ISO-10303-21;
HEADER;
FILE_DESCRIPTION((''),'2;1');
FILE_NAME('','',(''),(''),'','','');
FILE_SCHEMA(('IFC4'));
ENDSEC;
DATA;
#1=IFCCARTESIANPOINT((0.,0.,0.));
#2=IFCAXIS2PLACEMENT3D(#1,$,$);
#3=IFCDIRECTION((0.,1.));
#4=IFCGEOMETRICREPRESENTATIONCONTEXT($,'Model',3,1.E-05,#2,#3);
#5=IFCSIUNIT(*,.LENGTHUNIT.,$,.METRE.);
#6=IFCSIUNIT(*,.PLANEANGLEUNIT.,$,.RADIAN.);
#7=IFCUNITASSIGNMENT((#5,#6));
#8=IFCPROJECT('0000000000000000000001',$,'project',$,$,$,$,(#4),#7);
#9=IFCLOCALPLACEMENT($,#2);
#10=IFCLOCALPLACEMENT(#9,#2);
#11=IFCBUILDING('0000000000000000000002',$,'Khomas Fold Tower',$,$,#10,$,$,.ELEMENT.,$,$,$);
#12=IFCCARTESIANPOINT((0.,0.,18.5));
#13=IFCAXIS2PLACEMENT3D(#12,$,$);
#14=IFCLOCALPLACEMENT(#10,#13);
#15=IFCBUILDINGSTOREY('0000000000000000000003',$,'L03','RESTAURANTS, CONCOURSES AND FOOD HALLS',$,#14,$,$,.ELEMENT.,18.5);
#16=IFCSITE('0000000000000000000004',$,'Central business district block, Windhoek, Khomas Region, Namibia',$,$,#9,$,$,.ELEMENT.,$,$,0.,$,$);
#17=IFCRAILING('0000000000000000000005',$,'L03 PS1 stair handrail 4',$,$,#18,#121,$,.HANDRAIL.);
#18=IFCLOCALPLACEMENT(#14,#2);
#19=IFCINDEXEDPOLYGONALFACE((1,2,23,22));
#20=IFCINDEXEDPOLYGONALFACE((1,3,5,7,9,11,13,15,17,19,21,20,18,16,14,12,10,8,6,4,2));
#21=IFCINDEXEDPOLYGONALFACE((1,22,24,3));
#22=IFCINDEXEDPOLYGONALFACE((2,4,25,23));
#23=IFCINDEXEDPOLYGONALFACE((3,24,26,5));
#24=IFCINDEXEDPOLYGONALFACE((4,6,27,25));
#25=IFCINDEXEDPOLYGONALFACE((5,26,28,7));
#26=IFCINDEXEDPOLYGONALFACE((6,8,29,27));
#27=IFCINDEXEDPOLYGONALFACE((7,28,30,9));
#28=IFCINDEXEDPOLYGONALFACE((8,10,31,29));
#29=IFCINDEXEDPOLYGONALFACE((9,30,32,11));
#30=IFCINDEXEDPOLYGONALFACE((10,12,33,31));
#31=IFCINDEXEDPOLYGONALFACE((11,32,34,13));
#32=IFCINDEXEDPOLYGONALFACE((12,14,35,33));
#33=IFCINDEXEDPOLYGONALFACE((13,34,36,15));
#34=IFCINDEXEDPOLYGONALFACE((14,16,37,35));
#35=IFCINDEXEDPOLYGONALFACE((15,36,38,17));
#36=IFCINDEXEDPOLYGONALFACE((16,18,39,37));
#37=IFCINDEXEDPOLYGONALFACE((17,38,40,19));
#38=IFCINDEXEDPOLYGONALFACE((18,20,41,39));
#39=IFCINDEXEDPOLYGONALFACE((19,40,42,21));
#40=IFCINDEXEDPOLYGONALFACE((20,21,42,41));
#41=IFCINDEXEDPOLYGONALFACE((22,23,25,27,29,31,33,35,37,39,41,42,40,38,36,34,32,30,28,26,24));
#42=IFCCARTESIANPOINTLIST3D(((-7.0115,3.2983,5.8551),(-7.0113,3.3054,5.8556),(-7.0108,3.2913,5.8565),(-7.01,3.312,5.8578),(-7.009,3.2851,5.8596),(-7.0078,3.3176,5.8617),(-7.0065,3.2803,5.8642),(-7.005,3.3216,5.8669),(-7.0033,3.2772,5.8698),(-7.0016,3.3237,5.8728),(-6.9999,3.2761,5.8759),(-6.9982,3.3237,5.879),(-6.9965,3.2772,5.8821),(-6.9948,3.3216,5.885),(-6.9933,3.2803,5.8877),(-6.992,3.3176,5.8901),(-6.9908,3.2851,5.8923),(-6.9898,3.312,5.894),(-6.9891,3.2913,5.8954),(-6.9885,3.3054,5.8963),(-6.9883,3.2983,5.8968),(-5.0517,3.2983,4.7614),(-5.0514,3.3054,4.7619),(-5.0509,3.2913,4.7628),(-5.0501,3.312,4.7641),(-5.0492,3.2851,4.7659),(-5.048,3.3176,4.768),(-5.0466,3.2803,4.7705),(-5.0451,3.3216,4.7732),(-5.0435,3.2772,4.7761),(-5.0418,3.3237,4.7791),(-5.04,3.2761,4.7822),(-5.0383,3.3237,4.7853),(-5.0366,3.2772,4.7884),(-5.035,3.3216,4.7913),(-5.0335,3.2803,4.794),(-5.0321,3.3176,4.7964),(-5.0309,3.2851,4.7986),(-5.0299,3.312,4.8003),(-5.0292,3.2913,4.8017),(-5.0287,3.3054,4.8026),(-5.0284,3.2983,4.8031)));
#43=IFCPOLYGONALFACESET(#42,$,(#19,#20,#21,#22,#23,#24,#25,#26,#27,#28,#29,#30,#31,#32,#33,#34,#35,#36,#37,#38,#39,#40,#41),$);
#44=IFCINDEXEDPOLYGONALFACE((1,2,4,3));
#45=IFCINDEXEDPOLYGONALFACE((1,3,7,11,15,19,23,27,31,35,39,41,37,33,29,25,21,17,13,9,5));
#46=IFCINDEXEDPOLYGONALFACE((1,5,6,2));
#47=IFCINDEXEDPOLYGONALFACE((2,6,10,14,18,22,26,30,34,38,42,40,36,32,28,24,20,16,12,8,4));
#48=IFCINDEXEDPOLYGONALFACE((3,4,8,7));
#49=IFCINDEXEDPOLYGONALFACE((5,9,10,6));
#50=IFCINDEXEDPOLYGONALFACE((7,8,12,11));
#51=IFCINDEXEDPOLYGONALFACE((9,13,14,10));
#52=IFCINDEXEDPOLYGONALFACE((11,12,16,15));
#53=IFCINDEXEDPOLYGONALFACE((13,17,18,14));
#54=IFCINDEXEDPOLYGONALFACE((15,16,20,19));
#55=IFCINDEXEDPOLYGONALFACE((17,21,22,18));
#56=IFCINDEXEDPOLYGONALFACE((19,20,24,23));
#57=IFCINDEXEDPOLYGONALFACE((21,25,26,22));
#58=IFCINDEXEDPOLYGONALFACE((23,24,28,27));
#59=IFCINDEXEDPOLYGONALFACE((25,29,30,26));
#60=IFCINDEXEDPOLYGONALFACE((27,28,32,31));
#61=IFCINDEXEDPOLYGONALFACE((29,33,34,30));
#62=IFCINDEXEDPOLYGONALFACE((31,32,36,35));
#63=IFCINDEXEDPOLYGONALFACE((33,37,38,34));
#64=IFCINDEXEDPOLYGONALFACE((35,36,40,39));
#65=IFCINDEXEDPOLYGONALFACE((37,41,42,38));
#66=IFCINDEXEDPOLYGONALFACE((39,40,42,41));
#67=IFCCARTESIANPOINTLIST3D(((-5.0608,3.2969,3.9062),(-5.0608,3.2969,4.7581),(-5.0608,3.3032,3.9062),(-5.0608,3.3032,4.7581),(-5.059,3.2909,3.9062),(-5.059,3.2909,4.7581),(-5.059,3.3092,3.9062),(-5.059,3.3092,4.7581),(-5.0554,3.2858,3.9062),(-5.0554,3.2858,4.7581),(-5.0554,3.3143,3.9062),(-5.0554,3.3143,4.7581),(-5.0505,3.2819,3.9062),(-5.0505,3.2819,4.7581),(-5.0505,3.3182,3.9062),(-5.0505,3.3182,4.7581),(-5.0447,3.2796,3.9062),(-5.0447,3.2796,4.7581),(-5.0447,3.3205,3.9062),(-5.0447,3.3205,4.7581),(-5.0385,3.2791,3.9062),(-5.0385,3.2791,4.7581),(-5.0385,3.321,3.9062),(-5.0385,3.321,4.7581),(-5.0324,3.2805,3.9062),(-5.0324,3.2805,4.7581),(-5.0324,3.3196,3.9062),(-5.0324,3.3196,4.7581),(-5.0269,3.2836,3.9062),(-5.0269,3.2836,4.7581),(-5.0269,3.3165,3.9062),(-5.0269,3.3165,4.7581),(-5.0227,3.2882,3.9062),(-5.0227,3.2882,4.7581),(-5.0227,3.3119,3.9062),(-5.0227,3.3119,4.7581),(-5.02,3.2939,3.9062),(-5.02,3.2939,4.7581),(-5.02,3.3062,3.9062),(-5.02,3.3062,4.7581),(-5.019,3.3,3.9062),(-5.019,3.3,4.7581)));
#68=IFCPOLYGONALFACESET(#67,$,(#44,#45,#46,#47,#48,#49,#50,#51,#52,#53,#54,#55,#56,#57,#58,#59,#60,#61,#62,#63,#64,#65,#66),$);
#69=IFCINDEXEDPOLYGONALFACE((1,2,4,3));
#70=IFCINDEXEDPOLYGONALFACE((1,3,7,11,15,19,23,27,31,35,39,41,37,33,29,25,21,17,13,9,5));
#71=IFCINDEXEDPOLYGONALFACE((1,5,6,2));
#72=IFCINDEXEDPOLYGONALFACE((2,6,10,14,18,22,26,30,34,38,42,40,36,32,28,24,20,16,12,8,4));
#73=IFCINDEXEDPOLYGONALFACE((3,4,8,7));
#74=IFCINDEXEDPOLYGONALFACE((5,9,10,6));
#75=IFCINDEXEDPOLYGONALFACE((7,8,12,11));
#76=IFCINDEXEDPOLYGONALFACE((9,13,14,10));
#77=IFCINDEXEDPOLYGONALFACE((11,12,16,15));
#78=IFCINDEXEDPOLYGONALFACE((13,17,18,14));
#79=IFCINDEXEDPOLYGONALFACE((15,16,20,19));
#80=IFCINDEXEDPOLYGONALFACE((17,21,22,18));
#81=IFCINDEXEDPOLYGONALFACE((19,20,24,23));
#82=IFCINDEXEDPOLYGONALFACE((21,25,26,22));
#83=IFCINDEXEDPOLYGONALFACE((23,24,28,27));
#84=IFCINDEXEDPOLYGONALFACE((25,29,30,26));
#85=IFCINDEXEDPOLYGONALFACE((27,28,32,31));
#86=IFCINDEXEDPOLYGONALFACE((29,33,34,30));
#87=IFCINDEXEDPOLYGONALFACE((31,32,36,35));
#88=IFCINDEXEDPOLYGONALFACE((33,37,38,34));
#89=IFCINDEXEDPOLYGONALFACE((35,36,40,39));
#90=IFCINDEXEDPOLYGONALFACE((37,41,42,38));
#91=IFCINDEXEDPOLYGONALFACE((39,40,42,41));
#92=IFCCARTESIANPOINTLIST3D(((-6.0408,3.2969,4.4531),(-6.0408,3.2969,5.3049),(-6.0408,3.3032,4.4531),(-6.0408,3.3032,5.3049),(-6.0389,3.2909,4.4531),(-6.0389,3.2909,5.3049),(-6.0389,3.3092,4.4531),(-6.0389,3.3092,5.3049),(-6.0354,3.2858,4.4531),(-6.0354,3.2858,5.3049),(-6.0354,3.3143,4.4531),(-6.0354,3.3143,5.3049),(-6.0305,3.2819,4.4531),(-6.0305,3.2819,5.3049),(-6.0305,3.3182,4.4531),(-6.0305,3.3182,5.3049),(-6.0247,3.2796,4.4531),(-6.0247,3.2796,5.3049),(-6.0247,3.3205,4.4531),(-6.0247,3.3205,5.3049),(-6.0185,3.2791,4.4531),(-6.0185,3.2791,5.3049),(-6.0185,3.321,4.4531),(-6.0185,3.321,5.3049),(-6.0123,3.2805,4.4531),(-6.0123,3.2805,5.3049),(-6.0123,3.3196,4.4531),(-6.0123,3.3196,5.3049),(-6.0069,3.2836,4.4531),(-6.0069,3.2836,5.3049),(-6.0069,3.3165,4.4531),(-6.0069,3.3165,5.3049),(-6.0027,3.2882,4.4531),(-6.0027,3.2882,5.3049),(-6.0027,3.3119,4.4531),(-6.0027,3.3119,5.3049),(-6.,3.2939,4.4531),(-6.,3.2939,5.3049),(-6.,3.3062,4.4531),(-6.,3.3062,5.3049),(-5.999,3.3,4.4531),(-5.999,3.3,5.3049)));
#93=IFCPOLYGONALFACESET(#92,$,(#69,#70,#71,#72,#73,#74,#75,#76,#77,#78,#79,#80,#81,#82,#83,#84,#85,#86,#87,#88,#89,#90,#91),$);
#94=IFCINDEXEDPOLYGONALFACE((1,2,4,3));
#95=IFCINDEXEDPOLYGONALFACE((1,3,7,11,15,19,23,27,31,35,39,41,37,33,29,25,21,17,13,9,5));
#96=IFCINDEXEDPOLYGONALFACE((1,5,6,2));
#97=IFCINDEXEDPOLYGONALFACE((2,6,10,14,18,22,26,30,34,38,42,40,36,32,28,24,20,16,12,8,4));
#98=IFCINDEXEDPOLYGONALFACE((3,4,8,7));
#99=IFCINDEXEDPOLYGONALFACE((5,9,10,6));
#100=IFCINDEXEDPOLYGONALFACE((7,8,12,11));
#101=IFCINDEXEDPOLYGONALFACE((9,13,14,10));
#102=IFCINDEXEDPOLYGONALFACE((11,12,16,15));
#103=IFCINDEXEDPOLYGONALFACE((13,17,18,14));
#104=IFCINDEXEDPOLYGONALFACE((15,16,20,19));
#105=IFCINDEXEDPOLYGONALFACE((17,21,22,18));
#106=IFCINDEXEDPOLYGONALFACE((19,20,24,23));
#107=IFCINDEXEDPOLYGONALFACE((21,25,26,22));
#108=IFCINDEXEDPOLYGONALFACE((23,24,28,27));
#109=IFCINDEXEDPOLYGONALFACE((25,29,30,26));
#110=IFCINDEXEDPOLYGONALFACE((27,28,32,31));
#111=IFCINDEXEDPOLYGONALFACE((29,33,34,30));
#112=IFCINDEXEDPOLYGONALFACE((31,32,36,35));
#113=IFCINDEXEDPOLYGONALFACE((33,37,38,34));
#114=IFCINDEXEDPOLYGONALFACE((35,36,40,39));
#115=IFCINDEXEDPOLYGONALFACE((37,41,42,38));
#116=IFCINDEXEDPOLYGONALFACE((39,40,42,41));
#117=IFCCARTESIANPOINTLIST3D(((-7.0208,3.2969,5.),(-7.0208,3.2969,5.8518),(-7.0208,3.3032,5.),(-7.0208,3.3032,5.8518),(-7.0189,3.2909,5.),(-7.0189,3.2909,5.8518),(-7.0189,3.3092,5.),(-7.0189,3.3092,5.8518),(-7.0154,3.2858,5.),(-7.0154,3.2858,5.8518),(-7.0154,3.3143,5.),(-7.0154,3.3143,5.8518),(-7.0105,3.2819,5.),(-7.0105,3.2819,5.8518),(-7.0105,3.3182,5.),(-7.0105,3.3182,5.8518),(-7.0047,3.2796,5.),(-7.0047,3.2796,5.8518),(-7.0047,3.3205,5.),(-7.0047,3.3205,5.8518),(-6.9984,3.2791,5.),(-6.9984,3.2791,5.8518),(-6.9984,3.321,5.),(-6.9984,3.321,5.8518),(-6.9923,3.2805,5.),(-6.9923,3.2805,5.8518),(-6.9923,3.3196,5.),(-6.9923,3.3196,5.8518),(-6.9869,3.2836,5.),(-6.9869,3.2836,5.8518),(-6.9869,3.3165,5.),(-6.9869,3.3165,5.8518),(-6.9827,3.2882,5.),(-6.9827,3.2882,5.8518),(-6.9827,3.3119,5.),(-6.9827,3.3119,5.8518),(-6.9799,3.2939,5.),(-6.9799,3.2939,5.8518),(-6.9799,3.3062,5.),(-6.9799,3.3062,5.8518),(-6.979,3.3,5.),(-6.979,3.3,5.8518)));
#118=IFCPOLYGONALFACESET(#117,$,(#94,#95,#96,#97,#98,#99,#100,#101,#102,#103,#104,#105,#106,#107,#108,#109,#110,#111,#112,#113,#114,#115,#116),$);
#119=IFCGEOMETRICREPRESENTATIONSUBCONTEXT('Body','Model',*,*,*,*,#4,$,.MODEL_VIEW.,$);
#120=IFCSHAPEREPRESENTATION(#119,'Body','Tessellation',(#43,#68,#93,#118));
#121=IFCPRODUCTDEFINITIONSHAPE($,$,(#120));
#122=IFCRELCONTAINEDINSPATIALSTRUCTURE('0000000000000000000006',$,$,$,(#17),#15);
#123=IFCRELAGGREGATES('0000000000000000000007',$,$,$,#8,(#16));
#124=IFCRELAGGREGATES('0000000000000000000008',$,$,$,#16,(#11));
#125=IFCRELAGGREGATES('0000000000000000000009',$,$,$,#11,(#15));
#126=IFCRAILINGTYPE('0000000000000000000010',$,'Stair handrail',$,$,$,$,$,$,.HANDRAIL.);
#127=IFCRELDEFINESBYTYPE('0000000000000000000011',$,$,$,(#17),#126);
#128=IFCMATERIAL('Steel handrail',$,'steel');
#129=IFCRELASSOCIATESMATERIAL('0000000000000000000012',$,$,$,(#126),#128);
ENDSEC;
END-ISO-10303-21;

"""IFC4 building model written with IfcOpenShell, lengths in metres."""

from ifc_helpers import new_model, si_unit, direction, frame, origin, origin_2d, place, context, subcontext, project, spatial, circle, extrude, source, transform, mapped, material, type_object, element, save


model = new_model("IFC4")

# Units and contexts
model_context = context("Model", 3, precision=1e-05, world=origin(), true_north=direction((0.0, 1.0)))
body_context = subcontext(model_context, "Body", "Model", "MODEL_VIEW")
ifc_project = project(units=[si_unit("LENGTHUNIT", "METRE"), si_unit("PLANEANGLEUNIT", "RADIAN")], contexts=[model_context])

# Site, building, storey
site_placement = place(None, origin())
site = spatial("IfcSite", under=ifc_project, at=site_placement, Name="Central business district block, Windhoek, Khomas Region, Namibia", CompositionType="ELEMENT", RefElevation=0.0)
building_placement = place(site_placement, origin())
building = spatial("IfcBuilding", under=site, at=building_placement, Name="Khomas Fold Tower", CompositionType="ELEMENT")
storey_placement = place(building_placement, frame((0.0, 0.0, 18.5)))
storey = spatial("IfcBuildingStorey", under=building, at=storey_placement, Name="L03", Description="RESTAURANTS, CONCOURSES AND FOOD HALLS", CompositionType="ELEMENT", Elevation=18.5)

# Railing
ifc_material_1 = material(Name="Steel handrail", Category="steel")
railing_type_1 = type_object("IfcRailingType", Name="Stair handrail", PredefinedType="HANDRAIL", material=ifc_material_1)
shared_shape_1 = source(origin(), body_context, "Body", "SweptSolid", [
    extrude(circle(Radius=0.0239, at=origin_2d()), frame((0.0, 0.0, 0.876), z_axis=(-0.873232, 0.0, 0.487304), x_axis=(0.0, -1.0, 0.0)), (0.0, 0.0, 1.0), 2.2444),
    extrude(circle(Radius=0.021, at=origin_2d()), origin(), (0.0, 0.0, 1.0), 0.8518),
    extrude(circle(Radius=0.021, at=origin_2d()), frame((-0.98, 0.0, 0.5469)), (0.0, 0.0, 1.0), 0.8518),
    extrude(circle(Radius=0.021, at=origin_2d()), frame((-1.96, 0.0, 1.0938)), (0.0, 0.0, 1.0), 0.8518),
])
for number, where, name in (
    (1, (-5.04, 3.3, 3.9062), "L03 PS1 stair handrail 4"),
):
    element("IfcRailing", number, at=place(storey_placement, frame(where)), inside=storey, type_object=railing_type_1, Name=name, PredefinedType="HANDRAIL", context=body_context, shape_type="MappedRepresentation", body=[
        mapped(shared_shape_1, transform((0.0, 0.0, 0.0))),
    ])

save(model, "model.ifc")
